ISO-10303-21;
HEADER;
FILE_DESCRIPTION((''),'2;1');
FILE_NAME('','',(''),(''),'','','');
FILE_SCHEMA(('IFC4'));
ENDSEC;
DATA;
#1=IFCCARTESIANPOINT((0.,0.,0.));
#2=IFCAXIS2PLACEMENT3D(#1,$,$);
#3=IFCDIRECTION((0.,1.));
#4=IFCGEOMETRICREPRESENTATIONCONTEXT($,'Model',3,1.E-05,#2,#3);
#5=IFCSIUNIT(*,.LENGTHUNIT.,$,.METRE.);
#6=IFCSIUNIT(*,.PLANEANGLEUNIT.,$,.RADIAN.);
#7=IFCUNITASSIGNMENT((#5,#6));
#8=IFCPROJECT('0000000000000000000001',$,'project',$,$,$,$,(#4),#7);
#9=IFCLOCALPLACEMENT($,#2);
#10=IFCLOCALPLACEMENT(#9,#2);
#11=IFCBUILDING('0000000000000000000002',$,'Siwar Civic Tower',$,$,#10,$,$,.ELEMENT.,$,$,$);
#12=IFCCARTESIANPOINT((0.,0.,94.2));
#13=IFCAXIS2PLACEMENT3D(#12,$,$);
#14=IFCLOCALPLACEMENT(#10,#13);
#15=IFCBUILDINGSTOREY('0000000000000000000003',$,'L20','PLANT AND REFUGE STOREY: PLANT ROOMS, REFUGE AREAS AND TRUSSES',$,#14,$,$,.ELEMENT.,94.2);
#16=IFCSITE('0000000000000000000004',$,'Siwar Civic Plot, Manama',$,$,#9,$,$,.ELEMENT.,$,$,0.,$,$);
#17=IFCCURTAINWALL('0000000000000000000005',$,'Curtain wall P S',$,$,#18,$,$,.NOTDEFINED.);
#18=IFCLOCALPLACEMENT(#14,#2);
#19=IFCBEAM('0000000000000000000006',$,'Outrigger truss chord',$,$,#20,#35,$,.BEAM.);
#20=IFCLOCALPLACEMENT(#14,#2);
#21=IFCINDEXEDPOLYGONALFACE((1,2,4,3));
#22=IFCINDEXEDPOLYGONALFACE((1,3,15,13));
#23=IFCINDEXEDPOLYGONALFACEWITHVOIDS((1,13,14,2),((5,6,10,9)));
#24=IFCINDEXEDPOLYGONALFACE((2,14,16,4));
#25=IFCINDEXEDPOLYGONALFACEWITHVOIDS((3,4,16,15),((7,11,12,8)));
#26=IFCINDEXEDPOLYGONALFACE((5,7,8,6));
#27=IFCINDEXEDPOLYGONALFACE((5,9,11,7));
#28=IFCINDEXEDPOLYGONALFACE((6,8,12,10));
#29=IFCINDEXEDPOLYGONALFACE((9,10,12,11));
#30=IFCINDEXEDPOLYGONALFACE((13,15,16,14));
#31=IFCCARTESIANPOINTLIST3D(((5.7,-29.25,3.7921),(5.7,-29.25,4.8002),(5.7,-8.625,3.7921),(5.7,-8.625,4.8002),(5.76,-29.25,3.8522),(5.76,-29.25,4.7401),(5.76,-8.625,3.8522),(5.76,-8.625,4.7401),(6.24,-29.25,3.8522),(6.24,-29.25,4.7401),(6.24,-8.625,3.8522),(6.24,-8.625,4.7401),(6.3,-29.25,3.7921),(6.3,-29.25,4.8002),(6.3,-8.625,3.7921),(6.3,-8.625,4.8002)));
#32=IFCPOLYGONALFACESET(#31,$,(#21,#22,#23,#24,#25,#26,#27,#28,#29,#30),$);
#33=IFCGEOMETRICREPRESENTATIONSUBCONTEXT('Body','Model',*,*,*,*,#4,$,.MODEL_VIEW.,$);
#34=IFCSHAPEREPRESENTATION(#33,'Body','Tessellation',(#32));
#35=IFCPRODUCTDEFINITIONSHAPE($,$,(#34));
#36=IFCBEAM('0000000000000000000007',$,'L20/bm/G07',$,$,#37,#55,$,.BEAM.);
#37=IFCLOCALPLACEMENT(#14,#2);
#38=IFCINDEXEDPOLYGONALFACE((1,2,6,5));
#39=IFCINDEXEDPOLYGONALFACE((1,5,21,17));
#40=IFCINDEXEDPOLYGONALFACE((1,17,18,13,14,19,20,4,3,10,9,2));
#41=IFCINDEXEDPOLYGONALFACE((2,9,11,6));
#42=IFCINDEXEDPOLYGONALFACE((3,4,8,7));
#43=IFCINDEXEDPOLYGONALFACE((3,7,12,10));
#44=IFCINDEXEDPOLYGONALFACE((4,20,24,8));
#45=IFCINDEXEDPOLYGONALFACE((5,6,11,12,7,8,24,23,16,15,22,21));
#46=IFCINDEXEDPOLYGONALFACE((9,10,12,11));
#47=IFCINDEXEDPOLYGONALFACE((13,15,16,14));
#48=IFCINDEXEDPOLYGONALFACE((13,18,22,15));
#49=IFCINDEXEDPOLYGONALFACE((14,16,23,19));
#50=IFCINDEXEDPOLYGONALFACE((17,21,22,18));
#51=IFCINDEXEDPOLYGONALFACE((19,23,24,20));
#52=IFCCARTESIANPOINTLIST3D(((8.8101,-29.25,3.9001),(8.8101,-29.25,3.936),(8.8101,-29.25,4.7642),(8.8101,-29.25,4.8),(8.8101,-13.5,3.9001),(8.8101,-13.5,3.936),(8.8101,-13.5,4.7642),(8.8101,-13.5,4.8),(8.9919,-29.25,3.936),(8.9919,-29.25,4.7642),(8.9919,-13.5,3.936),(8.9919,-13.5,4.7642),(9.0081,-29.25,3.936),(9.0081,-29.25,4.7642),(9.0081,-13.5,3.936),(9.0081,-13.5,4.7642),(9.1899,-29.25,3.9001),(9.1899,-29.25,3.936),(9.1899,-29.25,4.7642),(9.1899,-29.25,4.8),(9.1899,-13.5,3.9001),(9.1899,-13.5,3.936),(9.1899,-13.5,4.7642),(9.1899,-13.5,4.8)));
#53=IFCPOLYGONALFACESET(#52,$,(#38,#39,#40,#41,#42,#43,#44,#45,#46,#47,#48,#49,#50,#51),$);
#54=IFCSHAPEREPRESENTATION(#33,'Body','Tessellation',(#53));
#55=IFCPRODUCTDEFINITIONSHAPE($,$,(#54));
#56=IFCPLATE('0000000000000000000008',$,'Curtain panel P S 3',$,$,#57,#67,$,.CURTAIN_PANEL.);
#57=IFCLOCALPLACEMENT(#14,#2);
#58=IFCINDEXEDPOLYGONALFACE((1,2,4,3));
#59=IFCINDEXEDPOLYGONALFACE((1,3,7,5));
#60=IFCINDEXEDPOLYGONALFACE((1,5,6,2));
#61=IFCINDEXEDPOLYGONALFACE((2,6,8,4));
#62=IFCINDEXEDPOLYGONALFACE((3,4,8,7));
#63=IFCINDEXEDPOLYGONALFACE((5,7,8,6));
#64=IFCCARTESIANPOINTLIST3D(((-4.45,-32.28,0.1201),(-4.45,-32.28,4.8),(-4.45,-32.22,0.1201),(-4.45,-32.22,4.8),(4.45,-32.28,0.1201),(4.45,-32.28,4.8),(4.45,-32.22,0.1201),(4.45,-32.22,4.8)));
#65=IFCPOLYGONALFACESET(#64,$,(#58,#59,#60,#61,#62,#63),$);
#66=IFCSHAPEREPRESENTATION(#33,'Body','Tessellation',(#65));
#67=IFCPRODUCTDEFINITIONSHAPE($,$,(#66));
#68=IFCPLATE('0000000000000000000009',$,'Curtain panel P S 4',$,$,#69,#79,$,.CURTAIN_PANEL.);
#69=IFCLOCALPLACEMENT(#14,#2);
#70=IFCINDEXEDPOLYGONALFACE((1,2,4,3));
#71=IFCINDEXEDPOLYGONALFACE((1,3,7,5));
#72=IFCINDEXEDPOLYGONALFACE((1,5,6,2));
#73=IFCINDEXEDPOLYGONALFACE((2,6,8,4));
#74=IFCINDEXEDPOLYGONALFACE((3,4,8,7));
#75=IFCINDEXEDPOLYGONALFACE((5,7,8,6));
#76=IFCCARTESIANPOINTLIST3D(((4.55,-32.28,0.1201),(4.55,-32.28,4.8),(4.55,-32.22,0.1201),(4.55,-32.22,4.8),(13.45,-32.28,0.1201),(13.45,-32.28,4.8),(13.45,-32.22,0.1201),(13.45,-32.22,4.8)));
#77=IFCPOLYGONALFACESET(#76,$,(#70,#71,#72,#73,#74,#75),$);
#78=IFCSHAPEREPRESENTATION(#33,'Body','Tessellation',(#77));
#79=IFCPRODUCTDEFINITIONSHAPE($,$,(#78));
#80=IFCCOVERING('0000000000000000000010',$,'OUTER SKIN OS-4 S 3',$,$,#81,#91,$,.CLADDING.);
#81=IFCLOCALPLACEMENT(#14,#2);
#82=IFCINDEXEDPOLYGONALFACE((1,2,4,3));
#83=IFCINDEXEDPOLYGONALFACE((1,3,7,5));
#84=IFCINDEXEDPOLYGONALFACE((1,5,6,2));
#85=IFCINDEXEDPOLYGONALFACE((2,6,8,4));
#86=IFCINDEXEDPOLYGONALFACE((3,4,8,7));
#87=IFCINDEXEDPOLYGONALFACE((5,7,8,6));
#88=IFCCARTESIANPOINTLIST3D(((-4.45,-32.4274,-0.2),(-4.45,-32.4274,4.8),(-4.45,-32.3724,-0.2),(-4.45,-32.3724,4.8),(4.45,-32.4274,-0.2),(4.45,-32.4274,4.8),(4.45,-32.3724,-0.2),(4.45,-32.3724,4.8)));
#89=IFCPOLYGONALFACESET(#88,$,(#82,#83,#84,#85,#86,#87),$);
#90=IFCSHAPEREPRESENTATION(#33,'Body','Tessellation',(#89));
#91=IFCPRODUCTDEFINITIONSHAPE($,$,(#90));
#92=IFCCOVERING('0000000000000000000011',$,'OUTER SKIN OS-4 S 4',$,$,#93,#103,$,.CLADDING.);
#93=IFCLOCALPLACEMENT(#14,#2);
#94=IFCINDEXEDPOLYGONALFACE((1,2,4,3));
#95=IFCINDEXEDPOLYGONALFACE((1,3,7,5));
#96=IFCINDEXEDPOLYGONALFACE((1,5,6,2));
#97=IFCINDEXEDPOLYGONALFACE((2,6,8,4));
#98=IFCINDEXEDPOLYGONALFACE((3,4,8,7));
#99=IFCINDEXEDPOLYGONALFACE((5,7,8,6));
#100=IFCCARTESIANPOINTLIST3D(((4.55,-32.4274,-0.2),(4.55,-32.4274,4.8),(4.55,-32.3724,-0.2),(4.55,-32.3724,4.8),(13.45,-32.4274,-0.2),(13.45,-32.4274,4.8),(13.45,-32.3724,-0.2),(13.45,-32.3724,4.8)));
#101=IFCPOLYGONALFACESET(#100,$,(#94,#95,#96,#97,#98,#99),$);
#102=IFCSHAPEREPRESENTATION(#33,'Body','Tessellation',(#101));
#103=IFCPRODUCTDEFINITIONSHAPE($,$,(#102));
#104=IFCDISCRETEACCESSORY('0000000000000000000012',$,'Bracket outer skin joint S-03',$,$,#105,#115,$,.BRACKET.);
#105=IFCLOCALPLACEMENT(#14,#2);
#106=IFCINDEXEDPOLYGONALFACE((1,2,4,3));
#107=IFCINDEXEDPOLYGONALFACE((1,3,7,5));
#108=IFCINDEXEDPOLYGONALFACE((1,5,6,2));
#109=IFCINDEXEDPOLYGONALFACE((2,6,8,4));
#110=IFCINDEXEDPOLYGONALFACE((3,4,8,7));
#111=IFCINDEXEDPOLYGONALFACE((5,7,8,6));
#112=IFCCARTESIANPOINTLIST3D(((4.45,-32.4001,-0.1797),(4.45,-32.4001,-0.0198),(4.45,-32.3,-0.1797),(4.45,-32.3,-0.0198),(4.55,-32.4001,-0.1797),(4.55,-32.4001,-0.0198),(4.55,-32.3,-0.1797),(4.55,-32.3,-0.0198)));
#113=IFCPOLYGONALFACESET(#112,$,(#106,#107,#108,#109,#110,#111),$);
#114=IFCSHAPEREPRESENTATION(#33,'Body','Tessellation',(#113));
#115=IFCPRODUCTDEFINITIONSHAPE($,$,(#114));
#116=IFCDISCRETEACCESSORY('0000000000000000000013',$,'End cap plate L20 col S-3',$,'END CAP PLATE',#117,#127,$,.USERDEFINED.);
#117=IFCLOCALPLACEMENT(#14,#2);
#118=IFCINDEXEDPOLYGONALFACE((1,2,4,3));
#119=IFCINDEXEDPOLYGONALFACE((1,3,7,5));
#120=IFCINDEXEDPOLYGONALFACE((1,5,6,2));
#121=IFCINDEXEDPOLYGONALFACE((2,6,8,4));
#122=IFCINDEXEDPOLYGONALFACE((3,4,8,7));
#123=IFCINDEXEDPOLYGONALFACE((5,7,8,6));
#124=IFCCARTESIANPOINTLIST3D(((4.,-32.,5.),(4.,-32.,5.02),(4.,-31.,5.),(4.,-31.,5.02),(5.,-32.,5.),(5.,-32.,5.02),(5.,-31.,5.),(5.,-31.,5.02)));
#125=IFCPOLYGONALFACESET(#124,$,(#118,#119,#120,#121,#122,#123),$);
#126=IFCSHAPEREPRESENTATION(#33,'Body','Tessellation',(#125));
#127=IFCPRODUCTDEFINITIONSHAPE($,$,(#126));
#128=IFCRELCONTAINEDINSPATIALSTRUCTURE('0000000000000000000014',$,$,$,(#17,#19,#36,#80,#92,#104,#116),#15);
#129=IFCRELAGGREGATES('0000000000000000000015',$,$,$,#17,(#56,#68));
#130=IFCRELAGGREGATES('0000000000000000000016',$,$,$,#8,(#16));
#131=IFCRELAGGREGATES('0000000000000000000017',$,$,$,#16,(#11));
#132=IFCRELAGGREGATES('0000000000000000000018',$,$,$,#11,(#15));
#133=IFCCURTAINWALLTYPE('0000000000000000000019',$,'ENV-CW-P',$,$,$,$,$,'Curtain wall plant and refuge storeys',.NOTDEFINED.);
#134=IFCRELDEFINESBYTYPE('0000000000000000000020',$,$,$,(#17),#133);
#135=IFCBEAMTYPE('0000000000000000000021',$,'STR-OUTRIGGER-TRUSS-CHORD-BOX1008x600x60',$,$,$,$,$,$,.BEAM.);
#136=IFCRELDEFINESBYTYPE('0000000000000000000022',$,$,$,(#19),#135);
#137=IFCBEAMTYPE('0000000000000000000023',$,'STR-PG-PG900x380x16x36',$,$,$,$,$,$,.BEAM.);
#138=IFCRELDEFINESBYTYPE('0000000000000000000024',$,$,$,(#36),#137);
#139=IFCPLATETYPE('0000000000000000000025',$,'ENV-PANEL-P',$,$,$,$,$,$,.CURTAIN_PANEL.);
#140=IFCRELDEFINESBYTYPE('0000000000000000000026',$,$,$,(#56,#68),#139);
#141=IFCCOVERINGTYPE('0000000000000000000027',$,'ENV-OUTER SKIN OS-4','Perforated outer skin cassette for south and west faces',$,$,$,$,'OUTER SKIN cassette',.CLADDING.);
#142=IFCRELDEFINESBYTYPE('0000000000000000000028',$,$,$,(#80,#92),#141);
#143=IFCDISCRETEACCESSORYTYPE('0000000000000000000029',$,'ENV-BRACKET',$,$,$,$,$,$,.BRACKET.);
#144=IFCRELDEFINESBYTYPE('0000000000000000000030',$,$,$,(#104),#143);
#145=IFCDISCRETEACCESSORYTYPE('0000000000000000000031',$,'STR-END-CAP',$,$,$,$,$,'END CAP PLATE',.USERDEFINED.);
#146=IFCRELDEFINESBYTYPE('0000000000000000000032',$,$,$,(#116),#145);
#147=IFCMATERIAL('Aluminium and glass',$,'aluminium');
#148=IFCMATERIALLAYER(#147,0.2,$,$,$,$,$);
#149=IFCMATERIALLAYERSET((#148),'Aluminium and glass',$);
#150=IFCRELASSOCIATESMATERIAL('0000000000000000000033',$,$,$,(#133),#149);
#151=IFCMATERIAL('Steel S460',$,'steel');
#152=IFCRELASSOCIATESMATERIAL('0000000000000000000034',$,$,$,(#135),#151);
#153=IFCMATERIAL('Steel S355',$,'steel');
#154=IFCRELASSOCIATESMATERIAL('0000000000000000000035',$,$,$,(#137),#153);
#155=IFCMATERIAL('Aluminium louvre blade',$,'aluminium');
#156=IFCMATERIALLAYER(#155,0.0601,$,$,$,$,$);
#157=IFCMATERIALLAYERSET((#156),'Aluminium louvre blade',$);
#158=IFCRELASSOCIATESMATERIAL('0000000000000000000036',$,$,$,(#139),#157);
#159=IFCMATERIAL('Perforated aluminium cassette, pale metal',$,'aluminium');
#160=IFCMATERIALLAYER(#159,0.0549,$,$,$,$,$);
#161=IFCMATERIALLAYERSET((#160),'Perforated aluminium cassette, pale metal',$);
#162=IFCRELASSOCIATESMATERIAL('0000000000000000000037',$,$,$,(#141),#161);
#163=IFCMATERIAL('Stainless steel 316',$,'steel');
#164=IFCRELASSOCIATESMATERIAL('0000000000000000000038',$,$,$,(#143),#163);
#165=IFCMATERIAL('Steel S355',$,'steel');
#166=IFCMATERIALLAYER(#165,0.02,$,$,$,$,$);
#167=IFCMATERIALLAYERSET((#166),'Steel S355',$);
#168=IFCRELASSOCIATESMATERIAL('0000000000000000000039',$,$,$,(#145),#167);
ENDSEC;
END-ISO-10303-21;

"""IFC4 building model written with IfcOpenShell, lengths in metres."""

from ifc_helpers import new_model, si_unit, direction, frame, origin, origin_2d, place, context, subcontext, project, spatial, rectangle, hollow_rectangle, i_section, extrude, material, layer, layer_set, material_profile, profile_set, type_object, element, aggregate, save


model = new_model("IFC4")

# Units and contexts
model_context = context("Model", 3, precision=1e-05, world=origin(), true_north=direction((0.0, 1.0)))
body_context = subcontext(model_context, "Body", "Model", "MODEL_VIEW")
ifc_project = project(units=[si_unit("LENGTHUNIT", "METRE"), si_unit("PLANEANGLEUNIT", "RADIAN")], contexts=[model_context])

# Site, building, storey
site_placement = place(None, origin())
site = spatial("IfcSite", under=ifc_project, at=site_placement, Name="Siwar Civic Plot, Manama", CompositionType="ELEMENT", RefElevation=0.0)
building_placement = place(site_placement, origin())
building = spatial("IfcBuilding", under=site, at=building_placement, Name="Siwar Civic Tower", CompositionType="ELEMENT")
storey_placement = place(building_placement, frame((0.0, 0.0, 94.2)))
storey = spatial("IfcBuildingStorey", under=building, at=storey_placement, Name="L20", Description="PLANT AND REFUGE STOREY: PLANT ROOMS, REFUGE AREAS AND TRUSSES", CompositionType="ELEMENT", Elevation=94.2)

# Curtain wall
ifc_material_1 = material(Name="Aluminium and glass", Category="aluminium")
ifc_layer_1 = layer(ifc_material_1, 0.2)
ifc_layer_set_1 = layer_set([ifc_layer_1], Name="Aluminium and glass")
curtain_wall_type = type_object("IfcCurtainWallType", Name="ENV-CW-P", ElementType="Curtain wall plant and refuge storeys", PredefinedType="NOTDEFINED", material=ifc_layer_set_1)
curtain_wall_placement = place(storey_placement, origin())
curtain_wall = element("IfcCurtainWall", 1, at=curtain_wall_placement, inside=storey, type_object=curtain_wall_type, Name="Curtain wall P S", PredefinedType="NOTDEFINED")

# Beams
ifc_material_2 = material(Name="Steel S460", Category="steel")
ifc_material_profile_1 = material_profile(ifc_material_2, hollow_rectangle(XDim=0.6001, YDim=1.0081, WallThickness=0.0601, at=origin_2d()), Name="BOX1008x600x60")
ifc_profile_set_1 = profile_set([ifc_material_profile_1], Name="Steel S460")
beam_type_1 = type_object("IfcBeamType", Name="STR-OUTRIGGER-TRUSS-CHORD-BOX1008x600x60", PredefinedType="BEAM", material=ifc_profile_set_1)
for number, where, z_axis, x_axis, name in (
    (2, (6.0, -29.25, 4.2961), (0.0, 1.0, 0.0), (-1.0, 0.0, 0.0), "Outrigger truss chord"),
):
    element("IfcBeam", number, at=place(storey_placement, frame(where, z_axis=z_axis, x_axis=x_axis)), inside=storey, type_object=beam_type_1, Name=name, PredefinedType="BEAM", context=body_context, shape_type="SweptSolid", body=[
        extrude(hollow_rectangle(XDim=0.6001, YDim=1.0081, WallThickness=0.0601, at=origin_2d()), origin(), (0.0, 0.0, 1.0), 20.625),
    ])
ifc_material_3 = material(Name="Steel S355", Category="steel")
ifc_material_profile_2 = material_profile(ifc_material_3, i_section(OverallWidth=0.3799, OverallDepth=0.8999, WebThickness=0.0161, FlangeThickness=0.0359, at=origin_2d()), Name="PG900x380x16x36")
ifc_profile_set_2 = profile_set([ifc_material_profile_2], Name="Steel S355")
beam_type_2 = type_object("IfcBeamType", Name="STR-PG-PG900x380x16x36", PredefinedType="BEAM", material=ifc_profile_set_2)
beam_placement = place(storey_placement, frame((9.0, -29.25, 4.3501), z_axis=(0.0, 1.0, 0.0), x_axis=(-1.0, 0.0, 0.0)))
element("IfcBeam", 3, at=beam_placement, inside=storey, type_object=beam_type_2, Name="L20/bm/G07", PredefinedType="BEAM", context=body_context, shape_type="SweptSolid", body=[
    extrude(i_section(OverallWidth=0.3799, OverallDepth=0.8999, WebThickness=0.0161, FlangeThickness=0.0359, at=origin_2d()), origin(), (0.0, 0.0, 1.0), 15.75),
])

# Plates
ifc_material_4 = material(Name="Aluminium louvre blade", Category="aluminium")
ifc_layer_2 = layer(ifc_material_4, 0.0601)
ifc_layer_set_2 = layer_set([ifc_layer_2], Name="Aluminium louvre blade")
plate_type = type_object("IfcPlateType", Name="ENV-PANEL-P", PredefinedType="CURTAIN_PANEL", material=ifc_layer_set_2)
plate_1_placement = place(storey_placement, frame((0.0, -32.25, 0.1201), z_axis=(0.0, 0.0, 1.0), x_axis=(1.0, 0.0, 0.0)))
plate_1 = element("IfcPlate", 4, at=plate_1_placement, type_object=plate_type, Name="Curtain panel P S 3", PredefinedType="CURTAIN_PANEL", context=body_context, shape_type="SweptSolid", body=[
    extrude(rectangle(XDim=8.8999, YDim=0.0601, at=origin_2d()), origin(), (0.0, 0.0, 1.0), 4.6799),
])
plate_2_placement = place(storey_placement, frame((9.0, -32.25, 0.1201), z_axis=(0.0, 0.0, 1.0), x_axis=(1.0, 0.0, 0.0)))
plate_2 = element("IfcPlate", 5, at=plate_2_placement, type_object=plate_type, Name="Curtain panel P S 4", PredefinedType="CURTAIN_PANEL", context=body_context, shape_type="SweptSolid", body=[
    extrude(rectangle(XDim=8.8999, YDim=0.0601, at=origin_2d()), origin(), (0.0, 0.0, 1.0), 4.6799),
])
aggregate(curtain_wall, [plate_1, plate_2])

# Coverings
ifc_material_5 = material(Name="Perforated aluminium cassette, pale metal", Category="aluminium")
ifc_layer_3 = layer(ifc_material_5, 0.0549)
ifc_layer_set_3 = layer_set([ifc_layer_3], Name="Perforated aluminium cassette, pale metal")
covering_type = type_object("IfcCoveringType", Name="ENV-OUTER SKIN OS-4", Description="Perforated outer skin cassette for south and west faces", ElementType="OUTER SKIN cassette", PredefinedType="CLADDING", material=ifc_layer_set_3)
for number, where, z_axis, x_axis, name in (
    (6, (0.0, -32.3999, -0.2), (0.0, 0.0, 1.0), (1.0, 0.0, 0.0), "OUTER SKIN OS-4 S 3"),
    (7, (9.0, -32.3999, -0.2), (0.0, 0.0, 1.0), (1.0, 0.0, 0.0), "OUTER SKIN OS-4 S 4"),
):
    element("IfcCovering", number, at=place(storey_placement, frame(where, z_axis=z_axis, x_axis=x_axis)), inside=storey, type_object=covering_type, Name=name, PredefinedType="CLADDING", context=body_context, shape_type="SweptSolid", body=[
        extrude(rectangle(XDim=8.8999, YDim=0.0549, at=origin_2d()), origin(), (0.0, 0.0, 1.0), 5.0),
    ])

# Discrete accessories
ifc_material_6 = material(Name="Stainless steel 316", Category="steel")
discrete_accessory_type_1 = type_object("IfcDiscreteAccessoryType", Name="ENV-BRACKET", PredefinedType="BRACKET", material=ifc_material_6)
discrete_accessory_1_placement = place(storey_placement, frame((4.5, -32.3501, -0.1797), z_axis=(0.0, 0.0, 1.0), x_axis=(0.0, -1.0, 0.0)))
element("IfcDiscreteAccessory", 8, at=discrete_accessory_1_placement, inside=storey, type_object=discrete_accessory_type_1, Name="Bracket outer skin joint S-03", PredefinedType="BRACKET", context=body_context, shape_type="SweptSolid", body=[
    extrude(rectangle(XDim=0.1001, YDim=0.1001, at=origin_2d()), origin(), (0.0, 0.0, 1.0), 0.1599),
])
ifc_material_7 = material(Name="Steel S355", Category="steel")
ifc_layer_4 = layer(ifc_material_7, 0.02)
ifc_layer_set_4 = layer_set([ifc_layer_4], Name="Steel S355")
discrete_accessory_type_2 = type_object("IfcDiscreteAccessoryType", Name="STR-END-CAP", ElementType="END CAP PLATE", PredefinedType="USERDEFINED", material=ifc_layer_set_4)
discrete_accessory_2_placement = place(storey_placement, frame((4.5, -31.5, 5.0), z_axis=(0.0, 0.0, 1.0), x_axis=(1.0, 0.0, 0.0)))
element("IfcDiscreteAccessory", 9, at=discrete_accessory_2_placement, inside=storey, type_object=discrete_accessory_type_2, Name="End cap plate L20 col S-3", ObjectType="END CAP PLATE", PredefinedType="USERDEFINED", context=body_context, shape_type="SweptSolid", body=[
    extrude(rectangle(XDim=1.0, YDim=1.0, at=origin_2d()), origin(), (0.0, 0.0, 1.0), 0.02),
])

save(model, "model.ifc")
